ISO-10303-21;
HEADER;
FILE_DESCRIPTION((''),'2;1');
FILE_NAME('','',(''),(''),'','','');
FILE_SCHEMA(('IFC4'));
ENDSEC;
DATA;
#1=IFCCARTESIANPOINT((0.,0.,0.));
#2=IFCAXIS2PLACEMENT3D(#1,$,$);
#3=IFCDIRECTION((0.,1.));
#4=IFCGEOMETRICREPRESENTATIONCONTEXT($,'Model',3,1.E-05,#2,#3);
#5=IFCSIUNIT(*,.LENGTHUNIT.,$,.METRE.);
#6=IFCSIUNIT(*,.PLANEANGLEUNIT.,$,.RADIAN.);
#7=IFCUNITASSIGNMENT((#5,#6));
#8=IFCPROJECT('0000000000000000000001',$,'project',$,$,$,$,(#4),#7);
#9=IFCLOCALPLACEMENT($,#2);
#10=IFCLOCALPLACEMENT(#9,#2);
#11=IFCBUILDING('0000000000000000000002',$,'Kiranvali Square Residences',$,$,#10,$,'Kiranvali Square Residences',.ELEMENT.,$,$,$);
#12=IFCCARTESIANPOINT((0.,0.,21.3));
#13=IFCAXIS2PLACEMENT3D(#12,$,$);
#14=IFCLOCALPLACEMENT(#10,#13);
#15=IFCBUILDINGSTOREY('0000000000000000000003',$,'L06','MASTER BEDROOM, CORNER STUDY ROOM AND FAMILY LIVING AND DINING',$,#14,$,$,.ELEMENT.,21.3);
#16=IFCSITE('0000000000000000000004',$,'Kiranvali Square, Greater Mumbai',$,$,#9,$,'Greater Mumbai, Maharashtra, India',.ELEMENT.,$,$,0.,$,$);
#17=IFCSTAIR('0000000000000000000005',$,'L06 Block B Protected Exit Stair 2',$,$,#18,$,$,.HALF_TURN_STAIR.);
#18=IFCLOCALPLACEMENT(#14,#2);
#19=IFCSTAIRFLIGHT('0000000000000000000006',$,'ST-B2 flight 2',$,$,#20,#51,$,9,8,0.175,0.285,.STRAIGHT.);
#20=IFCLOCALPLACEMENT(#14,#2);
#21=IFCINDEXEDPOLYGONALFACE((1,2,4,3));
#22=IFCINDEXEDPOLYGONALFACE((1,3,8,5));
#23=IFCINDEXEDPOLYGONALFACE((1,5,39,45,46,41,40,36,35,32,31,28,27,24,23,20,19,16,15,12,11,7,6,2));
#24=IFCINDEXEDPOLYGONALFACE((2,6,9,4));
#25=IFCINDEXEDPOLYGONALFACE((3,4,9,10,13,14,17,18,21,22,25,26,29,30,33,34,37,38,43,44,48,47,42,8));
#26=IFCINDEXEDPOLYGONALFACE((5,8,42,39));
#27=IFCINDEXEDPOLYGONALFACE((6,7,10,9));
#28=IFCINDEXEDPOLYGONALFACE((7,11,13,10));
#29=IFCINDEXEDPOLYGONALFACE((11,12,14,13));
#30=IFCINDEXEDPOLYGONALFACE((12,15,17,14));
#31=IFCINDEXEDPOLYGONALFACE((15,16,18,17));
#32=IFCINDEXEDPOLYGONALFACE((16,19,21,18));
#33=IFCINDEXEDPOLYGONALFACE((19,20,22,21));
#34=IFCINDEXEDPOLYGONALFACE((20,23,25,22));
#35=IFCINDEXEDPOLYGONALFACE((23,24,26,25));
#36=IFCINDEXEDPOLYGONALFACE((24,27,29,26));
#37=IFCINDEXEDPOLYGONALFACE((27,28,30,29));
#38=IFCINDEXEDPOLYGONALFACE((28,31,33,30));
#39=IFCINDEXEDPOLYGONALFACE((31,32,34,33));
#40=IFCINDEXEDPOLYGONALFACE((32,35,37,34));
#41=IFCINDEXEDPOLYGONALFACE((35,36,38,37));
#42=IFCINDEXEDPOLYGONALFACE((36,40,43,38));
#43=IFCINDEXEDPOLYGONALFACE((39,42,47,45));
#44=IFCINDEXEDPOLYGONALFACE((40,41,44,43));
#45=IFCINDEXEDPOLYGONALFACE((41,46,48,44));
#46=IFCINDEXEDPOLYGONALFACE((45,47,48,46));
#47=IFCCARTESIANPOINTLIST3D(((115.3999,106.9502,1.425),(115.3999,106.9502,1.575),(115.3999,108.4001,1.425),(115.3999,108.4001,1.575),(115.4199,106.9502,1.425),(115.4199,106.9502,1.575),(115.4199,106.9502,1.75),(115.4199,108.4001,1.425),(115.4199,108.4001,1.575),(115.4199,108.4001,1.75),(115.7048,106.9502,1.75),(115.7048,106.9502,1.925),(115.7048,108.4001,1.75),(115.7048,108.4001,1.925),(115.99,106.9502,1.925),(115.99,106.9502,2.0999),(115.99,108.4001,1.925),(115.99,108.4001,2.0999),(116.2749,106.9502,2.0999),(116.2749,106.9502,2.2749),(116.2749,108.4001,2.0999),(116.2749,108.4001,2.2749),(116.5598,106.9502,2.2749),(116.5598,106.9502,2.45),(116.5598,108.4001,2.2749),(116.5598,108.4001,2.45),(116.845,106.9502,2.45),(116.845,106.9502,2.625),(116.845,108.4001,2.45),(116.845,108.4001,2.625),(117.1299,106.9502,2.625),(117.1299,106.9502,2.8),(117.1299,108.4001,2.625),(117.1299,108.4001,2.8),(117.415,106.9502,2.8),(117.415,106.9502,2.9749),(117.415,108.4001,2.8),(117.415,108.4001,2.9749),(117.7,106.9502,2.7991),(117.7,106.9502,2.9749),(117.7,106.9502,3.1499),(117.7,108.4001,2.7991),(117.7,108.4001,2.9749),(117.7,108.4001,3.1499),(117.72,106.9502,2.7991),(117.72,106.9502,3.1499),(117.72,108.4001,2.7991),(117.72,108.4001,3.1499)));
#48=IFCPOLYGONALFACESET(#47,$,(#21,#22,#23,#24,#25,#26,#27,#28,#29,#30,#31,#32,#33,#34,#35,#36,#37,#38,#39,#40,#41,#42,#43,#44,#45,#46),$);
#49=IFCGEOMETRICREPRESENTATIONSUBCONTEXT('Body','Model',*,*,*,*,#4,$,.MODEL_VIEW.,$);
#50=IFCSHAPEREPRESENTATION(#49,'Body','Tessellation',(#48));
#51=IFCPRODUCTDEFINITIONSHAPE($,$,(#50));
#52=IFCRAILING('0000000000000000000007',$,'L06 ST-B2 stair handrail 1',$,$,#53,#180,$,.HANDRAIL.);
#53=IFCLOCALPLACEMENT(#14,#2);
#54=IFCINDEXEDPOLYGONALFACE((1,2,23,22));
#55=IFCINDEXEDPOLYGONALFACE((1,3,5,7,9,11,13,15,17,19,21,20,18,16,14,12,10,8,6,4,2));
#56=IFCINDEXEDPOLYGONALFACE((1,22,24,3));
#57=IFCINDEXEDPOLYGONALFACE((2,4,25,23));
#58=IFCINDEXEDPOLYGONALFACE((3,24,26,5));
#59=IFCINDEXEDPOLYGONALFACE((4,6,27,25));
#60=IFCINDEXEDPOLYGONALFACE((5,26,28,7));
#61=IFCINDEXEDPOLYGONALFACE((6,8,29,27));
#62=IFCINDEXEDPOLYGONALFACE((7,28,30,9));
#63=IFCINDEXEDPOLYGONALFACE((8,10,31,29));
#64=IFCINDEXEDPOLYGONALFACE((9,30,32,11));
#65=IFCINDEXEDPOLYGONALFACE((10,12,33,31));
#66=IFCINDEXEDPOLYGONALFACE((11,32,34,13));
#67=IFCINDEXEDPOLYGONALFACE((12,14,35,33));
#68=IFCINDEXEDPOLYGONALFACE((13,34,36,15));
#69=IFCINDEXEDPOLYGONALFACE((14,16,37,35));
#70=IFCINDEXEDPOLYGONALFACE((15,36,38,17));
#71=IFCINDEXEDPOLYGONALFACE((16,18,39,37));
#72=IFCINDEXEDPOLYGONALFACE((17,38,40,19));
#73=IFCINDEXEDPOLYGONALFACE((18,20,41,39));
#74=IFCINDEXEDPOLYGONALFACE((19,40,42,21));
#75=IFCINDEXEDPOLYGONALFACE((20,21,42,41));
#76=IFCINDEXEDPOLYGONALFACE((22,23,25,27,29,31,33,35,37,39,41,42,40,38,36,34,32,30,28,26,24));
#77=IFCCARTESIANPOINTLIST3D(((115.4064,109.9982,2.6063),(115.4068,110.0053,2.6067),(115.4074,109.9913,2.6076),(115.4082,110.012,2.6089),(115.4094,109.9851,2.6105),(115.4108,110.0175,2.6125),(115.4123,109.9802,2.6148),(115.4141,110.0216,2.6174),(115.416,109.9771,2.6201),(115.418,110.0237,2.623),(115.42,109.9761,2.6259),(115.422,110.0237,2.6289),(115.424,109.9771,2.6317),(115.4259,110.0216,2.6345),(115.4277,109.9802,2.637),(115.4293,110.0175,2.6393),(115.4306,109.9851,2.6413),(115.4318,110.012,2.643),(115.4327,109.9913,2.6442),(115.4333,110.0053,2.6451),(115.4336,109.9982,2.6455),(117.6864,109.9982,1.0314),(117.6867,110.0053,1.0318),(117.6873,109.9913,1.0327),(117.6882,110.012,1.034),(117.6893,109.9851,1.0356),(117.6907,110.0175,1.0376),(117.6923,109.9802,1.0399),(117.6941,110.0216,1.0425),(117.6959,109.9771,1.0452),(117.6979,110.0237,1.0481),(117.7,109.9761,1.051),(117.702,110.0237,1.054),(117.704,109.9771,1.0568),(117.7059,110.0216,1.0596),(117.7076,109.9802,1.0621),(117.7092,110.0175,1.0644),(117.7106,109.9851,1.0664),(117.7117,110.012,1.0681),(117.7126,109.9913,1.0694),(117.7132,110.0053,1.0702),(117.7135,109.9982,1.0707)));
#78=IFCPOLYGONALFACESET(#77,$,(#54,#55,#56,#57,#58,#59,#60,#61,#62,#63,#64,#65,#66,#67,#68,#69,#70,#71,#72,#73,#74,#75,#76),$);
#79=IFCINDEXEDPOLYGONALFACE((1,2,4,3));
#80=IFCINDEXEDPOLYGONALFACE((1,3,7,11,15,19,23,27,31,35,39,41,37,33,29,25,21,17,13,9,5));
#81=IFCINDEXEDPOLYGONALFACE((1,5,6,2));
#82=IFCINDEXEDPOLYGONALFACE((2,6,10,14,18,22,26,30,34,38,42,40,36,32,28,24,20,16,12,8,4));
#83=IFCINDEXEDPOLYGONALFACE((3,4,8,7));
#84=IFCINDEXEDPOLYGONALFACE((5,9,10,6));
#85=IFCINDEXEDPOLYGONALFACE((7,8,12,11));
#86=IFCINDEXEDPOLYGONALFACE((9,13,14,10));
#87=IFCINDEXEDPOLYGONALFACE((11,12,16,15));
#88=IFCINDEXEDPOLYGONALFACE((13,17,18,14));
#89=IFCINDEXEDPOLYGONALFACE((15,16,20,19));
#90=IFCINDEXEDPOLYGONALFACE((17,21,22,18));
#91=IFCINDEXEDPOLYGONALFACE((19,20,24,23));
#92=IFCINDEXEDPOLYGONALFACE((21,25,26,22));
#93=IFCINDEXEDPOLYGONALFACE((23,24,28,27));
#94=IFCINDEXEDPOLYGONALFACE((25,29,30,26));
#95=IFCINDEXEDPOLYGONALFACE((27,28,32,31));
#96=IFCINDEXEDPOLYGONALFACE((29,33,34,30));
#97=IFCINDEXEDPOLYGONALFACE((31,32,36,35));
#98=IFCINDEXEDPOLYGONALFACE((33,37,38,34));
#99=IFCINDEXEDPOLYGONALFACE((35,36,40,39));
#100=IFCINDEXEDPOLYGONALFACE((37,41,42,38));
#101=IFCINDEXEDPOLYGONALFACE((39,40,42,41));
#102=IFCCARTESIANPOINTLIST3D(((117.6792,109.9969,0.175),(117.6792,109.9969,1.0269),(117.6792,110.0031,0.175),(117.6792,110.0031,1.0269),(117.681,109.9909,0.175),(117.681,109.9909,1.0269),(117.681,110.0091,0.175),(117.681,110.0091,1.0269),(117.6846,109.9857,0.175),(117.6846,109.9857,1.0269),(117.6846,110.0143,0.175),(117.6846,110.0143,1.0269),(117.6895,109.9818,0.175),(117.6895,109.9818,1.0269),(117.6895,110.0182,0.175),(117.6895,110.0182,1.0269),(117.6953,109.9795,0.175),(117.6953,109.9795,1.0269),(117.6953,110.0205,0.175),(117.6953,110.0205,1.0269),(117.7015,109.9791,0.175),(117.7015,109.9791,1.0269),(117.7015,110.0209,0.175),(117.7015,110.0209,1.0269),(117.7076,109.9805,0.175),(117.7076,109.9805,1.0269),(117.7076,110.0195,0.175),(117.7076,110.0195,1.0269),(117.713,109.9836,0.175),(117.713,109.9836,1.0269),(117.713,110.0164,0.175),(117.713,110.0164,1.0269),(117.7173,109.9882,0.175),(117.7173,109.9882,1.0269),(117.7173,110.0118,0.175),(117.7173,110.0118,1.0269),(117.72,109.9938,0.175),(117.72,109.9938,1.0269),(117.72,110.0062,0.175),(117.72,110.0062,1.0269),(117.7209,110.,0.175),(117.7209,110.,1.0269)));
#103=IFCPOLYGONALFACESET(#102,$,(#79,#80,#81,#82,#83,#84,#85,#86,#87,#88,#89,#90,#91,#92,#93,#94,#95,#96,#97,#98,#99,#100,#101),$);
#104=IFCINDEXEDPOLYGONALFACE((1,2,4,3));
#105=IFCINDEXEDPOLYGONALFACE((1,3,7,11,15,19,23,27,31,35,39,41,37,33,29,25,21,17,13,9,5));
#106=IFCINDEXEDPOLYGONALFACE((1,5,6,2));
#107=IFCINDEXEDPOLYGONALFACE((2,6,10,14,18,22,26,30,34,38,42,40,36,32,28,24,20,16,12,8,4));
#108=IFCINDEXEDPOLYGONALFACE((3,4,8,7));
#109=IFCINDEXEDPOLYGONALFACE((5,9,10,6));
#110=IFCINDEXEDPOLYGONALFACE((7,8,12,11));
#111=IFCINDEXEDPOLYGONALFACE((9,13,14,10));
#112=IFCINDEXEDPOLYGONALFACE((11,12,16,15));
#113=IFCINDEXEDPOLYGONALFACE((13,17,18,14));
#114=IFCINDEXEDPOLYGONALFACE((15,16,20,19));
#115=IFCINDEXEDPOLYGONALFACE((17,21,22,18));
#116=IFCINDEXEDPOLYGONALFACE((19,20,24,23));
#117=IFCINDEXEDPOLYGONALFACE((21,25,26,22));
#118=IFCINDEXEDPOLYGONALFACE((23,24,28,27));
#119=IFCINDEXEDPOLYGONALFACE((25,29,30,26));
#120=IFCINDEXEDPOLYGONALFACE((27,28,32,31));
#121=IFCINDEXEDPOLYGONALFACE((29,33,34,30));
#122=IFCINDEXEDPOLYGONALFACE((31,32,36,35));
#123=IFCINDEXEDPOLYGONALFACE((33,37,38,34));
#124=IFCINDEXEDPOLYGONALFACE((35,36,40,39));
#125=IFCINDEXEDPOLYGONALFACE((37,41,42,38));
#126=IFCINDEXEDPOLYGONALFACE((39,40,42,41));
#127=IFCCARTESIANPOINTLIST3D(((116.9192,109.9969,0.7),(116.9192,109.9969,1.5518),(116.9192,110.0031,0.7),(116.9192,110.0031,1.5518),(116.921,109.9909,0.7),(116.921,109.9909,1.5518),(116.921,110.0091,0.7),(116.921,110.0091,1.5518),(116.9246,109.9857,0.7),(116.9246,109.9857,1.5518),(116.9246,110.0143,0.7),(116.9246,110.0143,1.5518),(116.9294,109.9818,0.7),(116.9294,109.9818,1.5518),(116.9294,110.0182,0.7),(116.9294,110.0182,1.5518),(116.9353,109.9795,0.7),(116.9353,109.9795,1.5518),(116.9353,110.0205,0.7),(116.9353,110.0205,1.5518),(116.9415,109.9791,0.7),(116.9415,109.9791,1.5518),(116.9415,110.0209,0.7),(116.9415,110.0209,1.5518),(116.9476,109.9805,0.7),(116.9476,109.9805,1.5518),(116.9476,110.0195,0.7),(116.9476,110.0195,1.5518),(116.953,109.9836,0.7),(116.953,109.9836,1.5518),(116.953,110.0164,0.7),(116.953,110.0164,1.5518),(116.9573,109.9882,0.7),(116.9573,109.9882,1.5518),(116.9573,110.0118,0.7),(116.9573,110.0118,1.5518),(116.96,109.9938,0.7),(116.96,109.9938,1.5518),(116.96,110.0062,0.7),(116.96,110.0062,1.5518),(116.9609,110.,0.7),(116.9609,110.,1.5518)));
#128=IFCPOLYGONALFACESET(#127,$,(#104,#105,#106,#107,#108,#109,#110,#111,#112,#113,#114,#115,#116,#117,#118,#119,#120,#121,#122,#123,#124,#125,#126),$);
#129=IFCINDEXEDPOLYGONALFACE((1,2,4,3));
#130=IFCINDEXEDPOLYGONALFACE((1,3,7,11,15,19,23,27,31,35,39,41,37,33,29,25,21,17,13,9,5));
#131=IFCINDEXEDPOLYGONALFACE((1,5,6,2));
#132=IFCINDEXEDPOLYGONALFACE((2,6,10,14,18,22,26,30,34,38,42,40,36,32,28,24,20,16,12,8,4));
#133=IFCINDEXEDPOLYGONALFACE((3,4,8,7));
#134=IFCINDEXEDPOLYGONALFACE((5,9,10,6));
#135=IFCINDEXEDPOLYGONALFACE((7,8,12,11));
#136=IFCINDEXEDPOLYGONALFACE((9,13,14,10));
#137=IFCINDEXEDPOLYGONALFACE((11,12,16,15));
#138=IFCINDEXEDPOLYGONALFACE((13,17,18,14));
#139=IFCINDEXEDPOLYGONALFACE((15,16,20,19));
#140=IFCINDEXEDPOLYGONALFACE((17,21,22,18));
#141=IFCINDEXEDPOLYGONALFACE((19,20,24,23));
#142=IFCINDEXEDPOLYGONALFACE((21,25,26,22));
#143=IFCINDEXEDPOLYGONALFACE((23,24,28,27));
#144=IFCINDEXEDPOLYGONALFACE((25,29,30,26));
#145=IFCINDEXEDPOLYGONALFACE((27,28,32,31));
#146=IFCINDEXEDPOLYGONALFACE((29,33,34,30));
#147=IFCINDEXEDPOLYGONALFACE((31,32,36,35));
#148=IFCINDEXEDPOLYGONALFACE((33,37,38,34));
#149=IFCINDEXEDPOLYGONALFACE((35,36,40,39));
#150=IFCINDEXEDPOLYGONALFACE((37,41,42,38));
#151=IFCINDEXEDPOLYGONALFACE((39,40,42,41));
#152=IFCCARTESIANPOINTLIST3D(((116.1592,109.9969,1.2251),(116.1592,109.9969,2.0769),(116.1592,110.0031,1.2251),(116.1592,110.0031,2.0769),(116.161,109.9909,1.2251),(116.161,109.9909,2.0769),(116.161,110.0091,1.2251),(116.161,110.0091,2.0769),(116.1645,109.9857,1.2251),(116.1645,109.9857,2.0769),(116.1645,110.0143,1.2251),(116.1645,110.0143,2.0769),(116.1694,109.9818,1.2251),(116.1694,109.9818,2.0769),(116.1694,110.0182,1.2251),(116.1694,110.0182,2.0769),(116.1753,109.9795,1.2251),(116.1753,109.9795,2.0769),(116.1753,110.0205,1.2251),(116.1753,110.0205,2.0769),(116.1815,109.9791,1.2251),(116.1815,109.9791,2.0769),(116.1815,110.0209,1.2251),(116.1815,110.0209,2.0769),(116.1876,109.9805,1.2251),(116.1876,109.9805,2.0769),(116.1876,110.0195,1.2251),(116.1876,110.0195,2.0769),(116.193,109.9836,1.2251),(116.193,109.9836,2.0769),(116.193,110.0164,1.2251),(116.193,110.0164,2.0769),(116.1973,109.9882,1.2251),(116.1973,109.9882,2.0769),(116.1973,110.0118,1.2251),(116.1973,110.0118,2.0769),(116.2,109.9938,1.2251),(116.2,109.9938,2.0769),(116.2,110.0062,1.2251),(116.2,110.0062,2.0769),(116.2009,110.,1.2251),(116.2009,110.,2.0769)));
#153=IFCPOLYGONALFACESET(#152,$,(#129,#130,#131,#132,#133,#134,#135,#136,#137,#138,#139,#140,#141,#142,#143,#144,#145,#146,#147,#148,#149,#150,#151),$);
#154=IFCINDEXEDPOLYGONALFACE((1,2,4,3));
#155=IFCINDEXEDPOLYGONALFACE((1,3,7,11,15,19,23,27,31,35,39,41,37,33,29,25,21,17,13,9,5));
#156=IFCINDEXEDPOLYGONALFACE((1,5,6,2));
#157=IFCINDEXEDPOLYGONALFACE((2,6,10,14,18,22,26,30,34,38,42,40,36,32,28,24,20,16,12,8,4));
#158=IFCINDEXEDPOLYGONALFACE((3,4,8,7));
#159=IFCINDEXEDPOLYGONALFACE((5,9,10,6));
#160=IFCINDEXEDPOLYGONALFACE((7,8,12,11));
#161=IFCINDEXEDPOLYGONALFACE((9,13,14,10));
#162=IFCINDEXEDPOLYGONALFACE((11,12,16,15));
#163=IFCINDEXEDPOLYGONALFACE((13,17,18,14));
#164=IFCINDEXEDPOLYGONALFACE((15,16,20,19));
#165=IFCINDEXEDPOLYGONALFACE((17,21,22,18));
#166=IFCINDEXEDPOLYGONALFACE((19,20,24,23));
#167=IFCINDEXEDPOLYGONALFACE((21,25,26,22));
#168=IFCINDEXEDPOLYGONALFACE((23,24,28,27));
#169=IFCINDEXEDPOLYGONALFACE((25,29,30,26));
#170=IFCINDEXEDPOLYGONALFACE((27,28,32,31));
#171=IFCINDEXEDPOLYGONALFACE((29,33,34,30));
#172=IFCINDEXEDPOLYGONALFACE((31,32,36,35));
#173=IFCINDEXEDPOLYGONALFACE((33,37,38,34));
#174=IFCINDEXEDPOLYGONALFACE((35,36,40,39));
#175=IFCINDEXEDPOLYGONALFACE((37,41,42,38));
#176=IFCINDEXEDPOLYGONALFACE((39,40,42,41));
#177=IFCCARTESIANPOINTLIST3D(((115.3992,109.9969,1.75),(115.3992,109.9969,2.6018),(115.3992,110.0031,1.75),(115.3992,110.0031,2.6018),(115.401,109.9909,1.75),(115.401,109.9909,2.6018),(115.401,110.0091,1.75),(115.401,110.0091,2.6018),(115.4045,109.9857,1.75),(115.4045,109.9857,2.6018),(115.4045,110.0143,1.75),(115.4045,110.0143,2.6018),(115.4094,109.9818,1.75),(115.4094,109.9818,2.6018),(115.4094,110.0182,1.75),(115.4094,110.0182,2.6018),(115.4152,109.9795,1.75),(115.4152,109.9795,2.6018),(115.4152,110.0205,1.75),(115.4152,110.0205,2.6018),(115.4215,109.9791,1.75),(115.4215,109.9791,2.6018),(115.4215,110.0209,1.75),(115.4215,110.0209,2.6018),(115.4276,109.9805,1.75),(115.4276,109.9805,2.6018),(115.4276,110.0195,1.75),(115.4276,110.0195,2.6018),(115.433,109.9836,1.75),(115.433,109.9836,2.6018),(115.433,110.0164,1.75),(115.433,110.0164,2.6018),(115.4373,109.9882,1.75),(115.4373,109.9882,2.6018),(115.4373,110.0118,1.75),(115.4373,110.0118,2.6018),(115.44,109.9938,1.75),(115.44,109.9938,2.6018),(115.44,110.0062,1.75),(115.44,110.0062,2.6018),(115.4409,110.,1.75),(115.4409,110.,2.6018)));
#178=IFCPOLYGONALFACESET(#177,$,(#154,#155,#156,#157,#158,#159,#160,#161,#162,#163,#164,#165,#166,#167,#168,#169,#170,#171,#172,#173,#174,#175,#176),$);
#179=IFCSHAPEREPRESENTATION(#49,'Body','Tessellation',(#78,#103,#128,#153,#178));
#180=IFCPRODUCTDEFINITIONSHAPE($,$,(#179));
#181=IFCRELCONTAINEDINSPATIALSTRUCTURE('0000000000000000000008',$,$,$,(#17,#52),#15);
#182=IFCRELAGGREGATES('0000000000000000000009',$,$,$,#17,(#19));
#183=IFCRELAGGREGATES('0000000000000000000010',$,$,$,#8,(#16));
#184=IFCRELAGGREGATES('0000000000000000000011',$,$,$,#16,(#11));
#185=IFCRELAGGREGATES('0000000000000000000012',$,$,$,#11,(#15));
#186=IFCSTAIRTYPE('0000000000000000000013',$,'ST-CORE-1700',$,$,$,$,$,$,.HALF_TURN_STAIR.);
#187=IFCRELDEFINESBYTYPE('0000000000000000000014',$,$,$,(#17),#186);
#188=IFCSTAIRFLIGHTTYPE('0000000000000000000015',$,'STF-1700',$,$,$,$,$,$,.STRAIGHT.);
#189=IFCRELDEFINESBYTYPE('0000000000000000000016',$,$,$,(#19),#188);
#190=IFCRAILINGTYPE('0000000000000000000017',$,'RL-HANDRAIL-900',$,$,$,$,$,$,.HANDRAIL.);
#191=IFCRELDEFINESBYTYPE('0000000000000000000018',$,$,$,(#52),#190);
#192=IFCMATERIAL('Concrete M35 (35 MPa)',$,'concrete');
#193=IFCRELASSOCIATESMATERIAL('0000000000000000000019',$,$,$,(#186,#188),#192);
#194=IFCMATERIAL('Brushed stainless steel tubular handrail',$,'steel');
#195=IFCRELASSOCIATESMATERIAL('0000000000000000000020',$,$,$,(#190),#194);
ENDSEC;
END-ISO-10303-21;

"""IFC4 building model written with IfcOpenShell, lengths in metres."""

from ifc_helpers import new_model, si_unit, direction, frame, origin, origin_2d, place, context, subcontext, project, spatial, polyline, circle, outline, extrude, material, type_object, element, aggregate, save


model = new_model("IFC4")

# Units and contexts
model_context = context("Model", 3, precision=1e-05, world=origin(), true_north=direction((0.0, 1.0)))
body_context = subcontext(model_context, "Body", "Model", "MODEL_VIEW")
ifc_project = project(units=[si_unit("LENGTHUNIT", "METRE"), si_unit("PLANEANGLEUNIT", "RADIAN")], contexts=[model_context])

# Site, building, storey
site_placement = place(None, origin())
site = spatial("IfcSite", under=ifc_project, at=site_placement, Name="Kiranvali Square, Greater Mumbai", LongName="Greater Mumbai, Maharashtra, India", CompositionType="ELEMENT", RefElevation=0.0)
building_placement = place(site_placement, origin())
building = spatial("IfcBuilding", under=site, at=building_placement, Name="Kiranvali Square Residences", LongName="Kiranvali Square Residences", CompositionType="ELEMENT")
storey_placement = place(building_placement, frame((0.0, 0.0, 21.3)))
storey = spatial("IfcBuildingStorey", under=building, at=storey_placement, Name="L06", Description="MASTER BEDROOM, CORNER STUDY ROOM AND FAMILY LIVING AND DINING", CompositionType="ELEMENT", Elevation=21.3)

# Stair, stair flight
ifc_material_1 = material(Name="Concrete M35 (35 MPa)", Category="concrete")
stair_type = type_object("IfcStairType", Name="ST-CORE-1700", PredefinedType="HALF_TURN_STAIR", material=ifc_material_1)
stair_placement = place(storey_placement, origin())
stair = element("IfcStair", 1, at=stair_placement, inside=storey, type_object=stair_type, Name="L06 Block B Protected Exit Stair 2", PredefinedType="HALF_TURN_STAIR")
stair_flight_type = type_object("IfcStairFlightType", Name="STF-1700", PredefinedType="STRAIGHT", material=ifc_material_1)
stair_flight_1_placement = place(storey_placement, frame((115.4199, 107.675, 1.575), z_axis=(0.0, 0.0, 1.0), x_axis=(1.0, 0.0, 0.0)))
stair_flight_1 = element("IfcStairFlight", 2, at=stair_flight_1_placement, type_object=stair_flight_type, Name="ST-B2 flight 2", NumberOfRisers=9, NumberOfTreads=8, PredefinedType="STRAIGHT", RiserHeight=0.175, TreadLength=0.285, context=body_context, shape_type="SweptSolid", body=[
    extrude(outline(polyline([(-0.02, -0.1499), (-0.02, 0.0), (0.0, 0.0), (0.0, 0.175), (0.2849, 0.175), (0.2849, 0.3501), (0.5701, 0.3501), (0.5701, 0.5249), (0.855, 0.5249), (0.855, 0.7), (1.1399, 0.7), (1.1399, 0.875), (1.425, 0.875), (1.425, 1.05), (1.71, 1.05), (1.71, 1.2251), (1.9951, 1.2251), (1.9951, 1.3999), (2.28, 1.3999), (2.28, 1.575), (2.3, 1.575), (2.3, 1.2241), (2.28, 1.2241), (0.0, -0.1499), (-0.02, -0.1499)])), frame((0.0, 0.7251, 0.0), z_axis=(0.0, -1.0, 0.0), x_axis=(1.0, 0.0, 0.0)), (0.0, 0.0, 1.0), 1.45),
])
aggregate(stair, [stair_flight_1])

# Railing
ifc_material_2 = material(Name="Brushed stainless steel tubular handrail", Category="steel")
railing_type_1 = type_object("IfcRailingType", Name="RL-HANDRAIL-900", PredefinedType="HANDRAIL", material=ifc_material_2)
railing_1_placement = place(storey_placement, frame((117.7, 110.0, 0.175)))
element("IfcRailing", 3, at=railing_1_placement, inside=storey, type_object=railing_type_1, Name="L06 ST-B2 stair handrail 1", PredefinedType="HANDRAIL", context=body_context, shape_type="SweptSolid", body=[
    extrude(circle(Radius=0.0239, at=origin_2d()), frame((0.0, 0.0, 0.876), z_axis=(-0.822788, 0.0, 0.568348), x_axis=(0.0, -1.0, 0.0)), (0.0, 0.0, 1.0), 2.771),
    extrude(circle(Radius=0.021, at=origin_2d()), origin(), (0.0, 0.0, 1.0), 0.8518),
    extrude(circle(Radius=0.021, at=origin_2d()), frame((-0.76, 0.0, 0.5249)), (0.0, 0.0, 1.0), 0.8518),
    extrude(circle(Radius=0.021, at=origin_2d()), frame((-1.52, 0.0, 1.05)), (0.0, 0.0, 1.0), 0.8518),
    extrude(circle(Radius=0.021, at=origin_2d()), frame((-2.28, 0.0, 1.575)), (0.0, 0.0, 1.0), 0.8518),
])

save(model, "model.ifc")
